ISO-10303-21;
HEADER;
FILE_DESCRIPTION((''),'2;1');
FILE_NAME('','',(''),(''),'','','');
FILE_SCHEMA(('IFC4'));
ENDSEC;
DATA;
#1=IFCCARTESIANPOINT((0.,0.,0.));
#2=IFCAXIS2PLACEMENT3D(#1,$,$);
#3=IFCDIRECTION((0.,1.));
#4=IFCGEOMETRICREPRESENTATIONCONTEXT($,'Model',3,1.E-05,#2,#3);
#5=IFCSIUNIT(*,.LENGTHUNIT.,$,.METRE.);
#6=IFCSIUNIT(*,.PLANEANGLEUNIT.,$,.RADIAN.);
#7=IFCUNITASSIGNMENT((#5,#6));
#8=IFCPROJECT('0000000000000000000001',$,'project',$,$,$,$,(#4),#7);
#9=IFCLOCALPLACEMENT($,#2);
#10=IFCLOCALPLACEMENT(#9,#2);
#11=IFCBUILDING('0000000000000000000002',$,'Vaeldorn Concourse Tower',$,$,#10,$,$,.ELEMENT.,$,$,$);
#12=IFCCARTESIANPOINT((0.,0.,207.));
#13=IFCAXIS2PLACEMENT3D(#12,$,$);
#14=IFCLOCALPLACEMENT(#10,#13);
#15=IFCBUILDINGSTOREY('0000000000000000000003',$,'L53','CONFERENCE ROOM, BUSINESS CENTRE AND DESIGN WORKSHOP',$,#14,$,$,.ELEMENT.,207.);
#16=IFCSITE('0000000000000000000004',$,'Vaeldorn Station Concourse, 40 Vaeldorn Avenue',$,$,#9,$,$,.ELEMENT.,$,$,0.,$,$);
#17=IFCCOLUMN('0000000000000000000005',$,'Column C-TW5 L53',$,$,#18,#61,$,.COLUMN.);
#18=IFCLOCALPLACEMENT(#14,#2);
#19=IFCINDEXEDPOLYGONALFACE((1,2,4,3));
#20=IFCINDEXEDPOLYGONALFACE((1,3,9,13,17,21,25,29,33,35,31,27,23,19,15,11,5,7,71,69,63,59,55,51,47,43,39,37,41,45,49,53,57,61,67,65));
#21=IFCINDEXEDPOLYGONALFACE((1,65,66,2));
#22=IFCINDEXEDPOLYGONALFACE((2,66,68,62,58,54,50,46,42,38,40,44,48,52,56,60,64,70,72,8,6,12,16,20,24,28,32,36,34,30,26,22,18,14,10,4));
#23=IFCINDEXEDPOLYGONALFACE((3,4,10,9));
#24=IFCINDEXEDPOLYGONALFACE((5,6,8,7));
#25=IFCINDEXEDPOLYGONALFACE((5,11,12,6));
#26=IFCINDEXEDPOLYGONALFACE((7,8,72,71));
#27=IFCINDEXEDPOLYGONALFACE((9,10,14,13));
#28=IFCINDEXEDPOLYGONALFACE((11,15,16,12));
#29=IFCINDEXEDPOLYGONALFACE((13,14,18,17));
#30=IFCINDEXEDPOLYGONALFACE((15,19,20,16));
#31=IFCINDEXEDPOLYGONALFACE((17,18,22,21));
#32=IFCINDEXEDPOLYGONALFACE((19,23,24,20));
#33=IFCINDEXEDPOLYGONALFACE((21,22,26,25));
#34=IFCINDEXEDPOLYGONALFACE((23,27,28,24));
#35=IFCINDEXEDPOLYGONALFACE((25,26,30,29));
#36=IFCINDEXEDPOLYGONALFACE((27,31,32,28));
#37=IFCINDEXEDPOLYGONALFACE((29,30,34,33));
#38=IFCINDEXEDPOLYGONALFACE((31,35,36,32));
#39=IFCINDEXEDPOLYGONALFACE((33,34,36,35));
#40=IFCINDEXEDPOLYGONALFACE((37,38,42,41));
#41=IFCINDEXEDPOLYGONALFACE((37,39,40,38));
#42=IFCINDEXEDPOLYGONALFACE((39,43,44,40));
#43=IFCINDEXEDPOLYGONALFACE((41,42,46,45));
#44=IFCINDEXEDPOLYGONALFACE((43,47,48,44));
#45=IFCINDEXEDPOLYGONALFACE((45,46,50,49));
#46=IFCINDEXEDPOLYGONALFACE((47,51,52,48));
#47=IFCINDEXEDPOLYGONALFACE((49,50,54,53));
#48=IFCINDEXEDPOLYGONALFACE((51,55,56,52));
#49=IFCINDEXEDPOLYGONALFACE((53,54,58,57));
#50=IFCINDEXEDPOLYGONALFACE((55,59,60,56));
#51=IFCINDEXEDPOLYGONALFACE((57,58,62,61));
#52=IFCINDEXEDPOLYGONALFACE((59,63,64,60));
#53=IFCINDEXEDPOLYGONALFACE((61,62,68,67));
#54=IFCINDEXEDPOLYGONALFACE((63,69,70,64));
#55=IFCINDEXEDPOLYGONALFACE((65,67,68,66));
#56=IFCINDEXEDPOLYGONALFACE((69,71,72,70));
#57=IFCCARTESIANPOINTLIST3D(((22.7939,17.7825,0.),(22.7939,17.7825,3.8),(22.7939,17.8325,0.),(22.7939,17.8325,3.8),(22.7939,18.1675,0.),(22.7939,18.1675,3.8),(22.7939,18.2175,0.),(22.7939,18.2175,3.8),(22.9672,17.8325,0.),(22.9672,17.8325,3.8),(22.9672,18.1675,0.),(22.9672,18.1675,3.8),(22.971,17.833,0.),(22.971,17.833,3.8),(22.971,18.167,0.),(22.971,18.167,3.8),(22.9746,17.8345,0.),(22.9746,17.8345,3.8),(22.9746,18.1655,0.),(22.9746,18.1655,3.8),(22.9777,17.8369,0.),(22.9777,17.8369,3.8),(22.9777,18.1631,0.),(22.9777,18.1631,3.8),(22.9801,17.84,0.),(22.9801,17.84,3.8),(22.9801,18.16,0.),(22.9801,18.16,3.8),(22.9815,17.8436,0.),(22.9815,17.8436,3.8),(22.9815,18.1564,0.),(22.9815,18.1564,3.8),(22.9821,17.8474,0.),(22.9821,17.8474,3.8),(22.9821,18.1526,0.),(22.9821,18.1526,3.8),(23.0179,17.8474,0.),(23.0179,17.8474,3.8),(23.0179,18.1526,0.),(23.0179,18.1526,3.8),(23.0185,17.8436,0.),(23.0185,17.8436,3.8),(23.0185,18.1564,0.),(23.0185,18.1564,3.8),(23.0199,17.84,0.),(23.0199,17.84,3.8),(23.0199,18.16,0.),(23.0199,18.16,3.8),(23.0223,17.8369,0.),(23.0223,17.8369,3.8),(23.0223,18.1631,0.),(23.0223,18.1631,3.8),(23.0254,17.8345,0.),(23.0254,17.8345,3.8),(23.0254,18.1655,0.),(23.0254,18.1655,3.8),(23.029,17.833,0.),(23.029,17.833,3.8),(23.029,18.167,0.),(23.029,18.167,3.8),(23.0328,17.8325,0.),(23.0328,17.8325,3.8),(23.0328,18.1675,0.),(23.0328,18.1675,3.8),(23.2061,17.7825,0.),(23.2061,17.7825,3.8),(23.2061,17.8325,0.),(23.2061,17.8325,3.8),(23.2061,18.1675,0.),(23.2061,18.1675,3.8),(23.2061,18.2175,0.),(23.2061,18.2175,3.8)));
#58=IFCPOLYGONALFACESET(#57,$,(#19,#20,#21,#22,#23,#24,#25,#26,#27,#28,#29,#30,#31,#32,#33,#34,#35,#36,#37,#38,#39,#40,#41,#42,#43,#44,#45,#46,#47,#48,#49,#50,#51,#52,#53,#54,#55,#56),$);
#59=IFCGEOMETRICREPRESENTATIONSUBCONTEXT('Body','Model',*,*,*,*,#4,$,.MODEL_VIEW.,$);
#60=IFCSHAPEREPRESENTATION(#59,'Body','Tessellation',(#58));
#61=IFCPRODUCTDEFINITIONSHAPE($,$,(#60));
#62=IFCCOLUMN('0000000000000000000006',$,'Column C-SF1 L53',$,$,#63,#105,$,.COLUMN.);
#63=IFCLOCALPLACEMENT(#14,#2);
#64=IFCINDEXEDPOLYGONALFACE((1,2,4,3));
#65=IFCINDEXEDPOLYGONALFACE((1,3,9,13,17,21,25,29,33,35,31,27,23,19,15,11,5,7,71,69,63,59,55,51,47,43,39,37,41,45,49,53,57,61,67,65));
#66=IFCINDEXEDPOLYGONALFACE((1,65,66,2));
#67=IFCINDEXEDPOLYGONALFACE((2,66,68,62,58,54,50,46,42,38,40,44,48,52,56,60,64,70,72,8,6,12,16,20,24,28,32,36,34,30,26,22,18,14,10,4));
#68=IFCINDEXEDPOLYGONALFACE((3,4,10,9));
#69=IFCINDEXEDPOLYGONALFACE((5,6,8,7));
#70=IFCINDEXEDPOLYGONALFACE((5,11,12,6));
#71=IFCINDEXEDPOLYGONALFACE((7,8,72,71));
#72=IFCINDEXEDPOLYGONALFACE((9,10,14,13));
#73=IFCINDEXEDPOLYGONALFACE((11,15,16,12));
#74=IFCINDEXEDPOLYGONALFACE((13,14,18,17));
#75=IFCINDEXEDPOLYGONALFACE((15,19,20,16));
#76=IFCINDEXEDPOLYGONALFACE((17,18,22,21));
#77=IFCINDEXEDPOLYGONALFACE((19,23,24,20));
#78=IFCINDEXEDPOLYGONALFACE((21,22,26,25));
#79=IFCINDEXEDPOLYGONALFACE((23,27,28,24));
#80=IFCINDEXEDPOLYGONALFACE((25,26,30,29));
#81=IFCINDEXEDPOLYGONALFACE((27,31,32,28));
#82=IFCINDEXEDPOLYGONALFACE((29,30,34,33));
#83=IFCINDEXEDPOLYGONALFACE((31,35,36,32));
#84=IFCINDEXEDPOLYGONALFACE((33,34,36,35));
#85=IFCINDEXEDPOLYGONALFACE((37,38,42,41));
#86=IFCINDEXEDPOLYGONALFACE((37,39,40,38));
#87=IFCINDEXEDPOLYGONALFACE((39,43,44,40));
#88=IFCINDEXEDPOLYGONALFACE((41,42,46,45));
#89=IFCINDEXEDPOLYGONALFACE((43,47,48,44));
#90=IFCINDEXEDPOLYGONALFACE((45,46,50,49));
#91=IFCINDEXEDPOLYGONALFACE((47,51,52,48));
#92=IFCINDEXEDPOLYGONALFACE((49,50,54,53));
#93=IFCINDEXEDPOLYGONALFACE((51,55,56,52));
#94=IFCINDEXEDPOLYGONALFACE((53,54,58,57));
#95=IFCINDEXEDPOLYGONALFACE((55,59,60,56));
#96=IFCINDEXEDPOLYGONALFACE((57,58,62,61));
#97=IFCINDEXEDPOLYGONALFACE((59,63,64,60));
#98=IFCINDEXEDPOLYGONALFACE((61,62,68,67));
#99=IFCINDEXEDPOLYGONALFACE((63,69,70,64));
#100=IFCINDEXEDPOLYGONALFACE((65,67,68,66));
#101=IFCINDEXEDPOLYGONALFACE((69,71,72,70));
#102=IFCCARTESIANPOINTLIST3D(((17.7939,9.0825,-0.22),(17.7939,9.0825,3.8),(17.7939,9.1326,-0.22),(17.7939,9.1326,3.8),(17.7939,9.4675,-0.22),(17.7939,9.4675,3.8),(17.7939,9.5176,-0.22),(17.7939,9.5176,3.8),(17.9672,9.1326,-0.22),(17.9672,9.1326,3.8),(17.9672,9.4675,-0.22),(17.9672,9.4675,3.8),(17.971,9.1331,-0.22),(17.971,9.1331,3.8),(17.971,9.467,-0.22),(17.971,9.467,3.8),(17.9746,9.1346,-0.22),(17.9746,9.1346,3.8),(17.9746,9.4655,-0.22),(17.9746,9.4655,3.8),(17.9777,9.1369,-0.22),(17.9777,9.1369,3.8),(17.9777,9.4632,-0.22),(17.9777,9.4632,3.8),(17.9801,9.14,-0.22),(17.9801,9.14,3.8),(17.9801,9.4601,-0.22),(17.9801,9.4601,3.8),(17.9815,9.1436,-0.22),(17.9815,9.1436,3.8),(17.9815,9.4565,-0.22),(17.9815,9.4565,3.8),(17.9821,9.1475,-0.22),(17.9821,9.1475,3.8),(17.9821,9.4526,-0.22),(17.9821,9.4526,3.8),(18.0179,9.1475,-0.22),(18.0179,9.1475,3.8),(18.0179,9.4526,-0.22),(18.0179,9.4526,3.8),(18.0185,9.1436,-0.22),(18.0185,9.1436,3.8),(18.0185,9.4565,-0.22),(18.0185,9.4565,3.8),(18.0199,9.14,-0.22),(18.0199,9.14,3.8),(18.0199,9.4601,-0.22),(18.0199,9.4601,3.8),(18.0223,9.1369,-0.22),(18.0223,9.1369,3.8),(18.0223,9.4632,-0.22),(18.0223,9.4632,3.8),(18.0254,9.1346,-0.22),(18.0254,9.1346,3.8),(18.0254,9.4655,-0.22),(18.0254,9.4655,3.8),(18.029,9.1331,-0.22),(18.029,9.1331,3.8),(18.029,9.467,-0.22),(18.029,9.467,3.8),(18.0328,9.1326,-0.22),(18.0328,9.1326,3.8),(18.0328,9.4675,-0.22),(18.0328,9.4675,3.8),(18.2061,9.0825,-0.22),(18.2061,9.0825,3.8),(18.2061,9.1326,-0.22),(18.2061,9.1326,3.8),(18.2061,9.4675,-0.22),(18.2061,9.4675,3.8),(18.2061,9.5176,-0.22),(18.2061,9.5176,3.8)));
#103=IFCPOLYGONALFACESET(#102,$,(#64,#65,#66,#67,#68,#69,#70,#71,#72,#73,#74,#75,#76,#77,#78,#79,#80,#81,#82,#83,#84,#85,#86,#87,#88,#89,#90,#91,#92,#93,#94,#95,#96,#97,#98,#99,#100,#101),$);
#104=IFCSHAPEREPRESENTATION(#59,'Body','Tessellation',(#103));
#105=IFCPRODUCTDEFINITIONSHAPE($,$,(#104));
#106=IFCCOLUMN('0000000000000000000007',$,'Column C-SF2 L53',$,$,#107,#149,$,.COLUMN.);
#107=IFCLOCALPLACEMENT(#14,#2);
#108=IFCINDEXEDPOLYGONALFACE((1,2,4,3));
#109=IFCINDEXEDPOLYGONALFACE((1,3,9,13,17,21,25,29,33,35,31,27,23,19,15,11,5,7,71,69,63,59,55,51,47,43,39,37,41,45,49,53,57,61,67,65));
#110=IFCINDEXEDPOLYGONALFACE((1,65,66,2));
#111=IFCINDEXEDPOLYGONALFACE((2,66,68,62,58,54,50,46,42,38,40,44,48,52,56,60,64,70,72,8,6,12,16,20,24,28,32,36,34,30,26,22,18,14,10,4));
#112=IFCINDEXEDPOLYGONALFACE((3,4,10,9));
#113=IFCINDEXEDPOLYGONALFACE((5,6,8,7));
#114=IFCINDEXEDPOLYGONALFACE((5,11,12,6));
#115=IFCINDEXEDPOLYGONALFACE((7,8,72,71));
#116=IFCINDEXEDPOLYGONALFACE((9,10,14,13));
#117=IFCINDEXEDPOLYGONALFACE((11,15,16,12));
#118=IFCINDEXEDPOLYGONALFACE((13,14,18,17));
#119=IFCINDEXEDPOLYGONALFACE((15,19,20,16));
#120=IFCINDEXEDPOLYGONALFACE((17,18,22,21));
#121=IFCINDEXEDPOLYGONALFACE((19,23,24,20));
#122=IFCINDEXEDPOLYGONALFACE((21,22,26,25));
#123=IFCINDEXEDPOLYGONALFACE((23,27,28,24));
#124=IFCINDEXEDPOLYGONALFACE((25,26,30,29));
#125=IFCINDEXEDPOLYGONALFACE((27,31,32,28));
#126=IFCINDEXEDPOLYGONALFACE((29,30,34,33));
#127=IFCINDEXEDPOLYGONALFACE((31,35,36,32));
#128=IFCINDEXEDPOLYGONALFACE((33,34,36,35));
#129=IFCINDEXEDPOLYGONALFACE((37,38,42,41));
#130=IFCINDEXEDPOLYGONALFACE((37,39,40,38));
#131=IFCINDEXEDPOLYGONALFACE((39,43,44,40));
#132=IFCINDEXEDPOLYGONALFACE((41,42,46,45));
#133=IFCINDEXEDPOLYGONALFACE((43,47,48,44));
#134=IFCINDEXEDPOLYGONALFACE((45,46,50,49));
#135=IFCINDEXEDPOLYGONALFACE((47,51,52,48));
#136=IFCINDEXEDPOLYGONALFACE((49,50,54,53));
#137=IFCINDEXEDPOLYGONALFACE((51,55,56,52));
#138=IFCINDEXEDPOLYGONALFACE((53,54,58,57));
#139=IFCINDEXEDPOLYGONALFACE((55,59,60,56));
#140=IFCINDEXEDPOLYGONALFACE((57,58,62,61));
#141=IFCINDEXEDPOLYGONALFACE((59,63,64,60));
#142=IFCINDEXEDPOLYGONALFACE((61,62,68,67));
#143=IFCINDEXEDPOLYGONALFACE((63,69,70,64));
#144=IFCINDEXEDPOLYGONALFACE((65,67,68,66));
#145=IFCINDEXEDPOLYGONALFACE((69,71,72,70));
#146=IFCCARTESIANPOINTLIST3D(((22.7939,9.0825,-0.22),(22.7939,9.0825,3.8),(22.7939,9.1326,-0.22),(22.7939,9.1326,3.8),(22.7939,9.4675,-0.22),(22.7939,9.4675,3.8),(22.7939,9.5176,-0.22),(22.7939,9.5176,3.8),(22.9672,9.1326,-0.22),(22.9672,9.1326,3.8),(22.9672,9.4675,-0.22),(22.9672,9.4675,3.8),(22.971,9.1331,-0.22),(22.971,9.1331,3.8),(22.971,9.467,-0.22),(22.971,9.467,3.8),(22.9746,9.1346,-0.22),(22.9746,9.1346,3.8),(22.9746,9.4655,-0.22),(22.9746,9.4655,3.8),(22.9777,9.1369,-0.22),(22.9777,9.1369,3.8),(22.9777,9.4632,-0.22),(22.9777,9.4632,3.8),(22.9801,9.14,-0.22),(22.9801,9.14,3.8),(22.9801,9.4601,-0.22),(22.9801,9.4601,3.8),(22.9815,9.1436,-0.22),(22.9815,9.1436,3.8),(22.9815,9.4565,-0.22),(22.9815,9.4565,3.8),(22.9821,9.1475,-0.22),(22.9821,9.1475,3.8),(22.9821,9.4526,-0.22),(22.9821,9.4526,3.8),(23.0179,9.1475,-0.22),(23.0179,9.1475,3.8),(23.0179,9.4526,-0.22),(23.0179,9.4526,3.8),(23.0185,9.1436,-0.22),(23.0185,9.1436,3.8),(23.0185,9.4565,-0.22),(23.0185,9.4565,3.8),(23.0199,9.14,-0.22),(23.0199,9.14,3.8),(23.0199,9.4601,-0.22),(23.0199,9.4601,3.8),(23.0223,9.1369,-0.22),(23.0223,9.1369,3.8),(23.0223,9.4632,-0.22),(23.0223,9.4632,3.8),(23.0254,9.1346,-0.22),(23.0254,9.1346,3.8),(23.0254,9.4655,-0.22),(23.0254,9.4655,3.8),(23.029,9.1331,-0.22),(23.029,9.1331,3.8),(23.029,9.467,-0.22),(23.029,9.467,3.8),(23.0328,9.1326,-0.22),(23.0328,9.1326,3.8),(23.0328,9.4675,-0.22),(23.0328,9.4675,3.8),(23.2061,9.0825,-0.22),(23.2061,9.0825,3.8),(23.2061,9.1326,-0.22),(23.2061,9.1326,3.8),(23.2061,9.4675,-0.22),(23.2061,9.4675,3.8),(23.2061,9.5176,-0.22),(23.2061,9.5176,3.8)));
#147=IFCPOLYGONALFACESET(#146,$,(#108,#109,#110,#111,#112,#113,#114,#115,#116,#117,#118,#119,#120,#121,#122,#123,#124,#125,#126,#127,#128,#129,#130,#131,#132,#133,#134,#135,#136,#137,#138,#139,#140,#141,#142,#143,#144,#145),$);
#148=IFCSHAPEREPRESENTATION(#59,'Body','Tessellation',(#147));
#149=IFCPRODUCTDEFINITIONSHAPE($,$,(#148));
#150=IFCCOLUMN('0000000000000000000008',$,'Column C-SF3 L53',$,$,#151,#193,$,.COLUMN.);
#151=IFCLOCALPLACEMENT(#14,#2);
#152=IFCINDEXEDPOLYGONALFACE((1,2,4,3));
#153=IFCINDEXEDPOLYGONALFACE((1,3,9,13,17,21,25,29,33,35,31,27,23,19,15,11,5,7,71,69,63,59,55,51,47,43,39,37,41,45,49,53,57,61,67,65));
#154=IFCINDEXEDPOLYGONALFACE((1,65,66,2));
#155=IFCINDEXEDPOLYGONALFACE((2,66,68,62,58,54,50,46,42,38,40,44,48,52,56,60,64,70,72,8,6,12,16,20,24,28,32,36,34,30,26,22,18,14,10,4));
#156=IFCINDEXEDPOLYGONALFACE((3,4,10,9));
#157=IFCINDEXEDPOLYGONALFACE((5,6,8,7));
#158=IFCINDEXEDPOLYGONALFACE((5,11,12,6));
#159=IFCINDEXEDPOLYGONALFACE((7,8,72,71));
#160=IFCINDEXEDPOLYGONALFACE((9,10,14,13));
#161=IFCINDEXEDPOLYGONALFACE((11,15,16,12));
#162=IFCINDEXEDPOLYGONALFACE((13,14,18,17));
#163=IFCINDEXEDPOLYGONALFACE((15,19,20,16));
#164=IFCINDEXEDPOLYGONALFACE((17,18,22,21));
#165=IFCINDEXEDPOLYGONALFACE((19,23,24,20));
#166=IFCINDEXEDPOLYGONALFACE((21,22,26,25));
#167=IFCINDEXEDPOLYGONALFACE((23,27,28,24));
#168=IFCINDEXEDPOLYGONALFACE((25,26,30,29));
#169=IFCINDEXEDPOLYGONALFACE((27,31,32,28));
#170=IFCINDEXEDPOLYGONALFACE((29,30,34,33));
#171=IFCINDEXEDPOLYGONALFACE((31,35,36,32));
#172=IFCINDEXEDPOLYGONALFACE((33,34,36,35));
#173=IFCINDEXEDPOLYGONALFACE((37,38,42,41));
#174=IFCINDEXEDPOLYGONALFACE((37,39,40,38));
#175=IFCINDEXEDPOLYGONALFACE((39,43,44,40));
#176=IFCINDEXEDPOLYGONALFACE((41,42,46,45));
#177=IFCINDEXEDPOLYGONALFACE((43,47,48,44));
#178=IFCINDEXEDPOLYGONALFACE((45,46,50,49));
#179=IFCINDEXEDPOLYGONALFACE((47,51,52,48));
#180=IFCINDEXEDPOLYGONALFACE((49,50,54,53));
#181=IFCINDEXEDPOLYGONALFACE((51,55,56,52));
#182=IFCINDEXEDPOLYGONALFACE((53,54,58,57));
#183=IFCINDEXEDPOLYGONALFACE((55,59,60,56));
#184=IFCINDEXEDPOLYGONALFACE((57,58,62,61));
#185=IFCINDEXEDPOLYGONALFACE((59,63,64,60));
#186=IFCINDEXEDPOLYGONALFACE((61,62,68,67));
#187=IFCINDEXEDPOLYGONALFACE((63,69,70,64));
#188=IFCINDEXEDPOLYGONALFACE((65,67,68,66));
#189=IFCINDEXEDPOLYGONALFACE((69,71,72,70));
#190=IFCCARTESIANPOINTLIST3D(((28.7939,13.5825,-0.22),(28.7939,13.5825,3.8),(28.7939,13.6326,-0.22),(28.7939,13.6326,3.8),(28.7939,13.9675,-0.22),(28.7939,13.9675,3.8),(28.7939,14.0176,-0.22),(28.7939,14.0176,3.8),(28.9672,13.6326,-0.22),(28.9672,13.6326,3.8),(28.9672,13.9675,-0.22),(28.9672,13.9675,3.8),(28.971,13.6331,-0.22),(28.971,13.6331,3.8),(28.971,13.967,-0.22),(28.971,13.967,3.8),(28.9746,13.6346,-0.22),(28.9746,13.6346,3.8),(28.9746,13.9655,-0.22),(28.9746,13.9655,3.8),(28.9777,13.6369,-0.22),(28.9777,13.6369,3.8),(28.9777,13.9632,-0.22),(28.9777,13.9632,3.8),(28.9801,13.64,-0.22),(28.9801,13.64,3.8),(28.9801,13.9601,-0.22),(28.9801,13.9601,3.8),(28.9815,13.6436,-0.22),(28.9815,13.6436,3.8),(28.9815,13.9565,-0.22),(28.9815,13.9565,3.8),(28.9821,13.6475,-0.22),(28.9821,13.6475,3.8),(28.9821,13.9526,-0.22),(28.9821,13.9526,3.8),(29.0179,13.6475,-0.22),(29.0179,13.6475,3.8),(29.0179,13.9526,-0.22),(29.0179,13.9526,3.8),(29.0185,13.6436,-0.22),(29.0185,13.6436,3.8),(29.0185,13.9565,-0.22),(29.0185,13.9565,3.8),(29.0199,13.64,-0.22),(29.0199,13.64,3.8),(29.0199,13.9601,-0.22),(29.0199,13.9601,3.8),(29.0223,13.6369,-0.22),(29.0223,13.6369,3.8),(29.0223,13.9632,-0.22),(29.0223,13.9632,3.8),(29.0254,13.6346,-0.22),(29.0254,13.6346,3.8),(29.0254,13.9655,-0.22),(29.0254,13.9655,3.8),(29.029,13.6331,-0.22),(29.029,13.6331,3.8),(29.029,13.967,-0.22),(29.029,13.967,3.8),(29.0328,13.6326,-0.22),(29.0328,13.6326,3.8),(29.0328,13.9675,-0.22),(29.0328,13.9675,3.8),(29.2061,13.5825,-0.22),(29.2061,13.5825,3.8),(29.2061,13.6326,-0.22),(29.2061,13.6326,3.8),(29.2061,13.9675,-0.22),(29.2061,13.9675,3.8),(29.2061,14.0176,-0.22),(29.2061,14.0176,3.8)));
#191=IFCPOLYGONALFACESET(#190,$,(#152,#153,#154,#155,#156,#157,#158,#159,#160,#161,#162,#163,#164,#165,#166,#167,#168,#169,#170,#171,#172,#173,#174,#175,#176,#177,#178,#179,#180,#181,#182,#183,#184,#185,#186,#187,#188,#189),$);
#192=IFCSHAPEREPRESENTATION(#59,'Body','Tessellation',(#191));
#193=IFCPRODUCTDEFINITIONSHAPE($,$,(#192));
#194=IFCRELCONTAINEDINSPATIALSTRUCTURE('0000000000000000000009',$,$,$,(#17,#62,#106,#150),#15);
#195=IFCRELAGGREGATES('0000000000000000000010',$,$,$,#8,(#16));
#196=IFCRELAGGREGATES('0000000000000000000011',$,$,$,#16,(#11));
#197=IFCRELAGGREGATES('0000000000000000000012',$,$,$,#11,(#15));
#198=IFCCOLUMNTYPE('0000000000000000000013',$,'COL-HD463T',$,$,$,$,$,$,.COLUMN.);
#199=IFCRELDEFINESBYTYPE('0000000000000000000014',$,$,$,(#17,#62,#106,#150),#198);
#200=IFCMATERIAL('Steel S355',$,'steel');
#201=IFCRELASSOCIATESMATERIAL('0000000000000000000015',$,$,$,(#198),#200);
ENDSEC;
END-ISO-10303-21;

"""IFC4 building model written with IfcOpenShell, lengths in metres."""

from ifc_helpers import new_model, si_unit, direction, frame, origin, origin_2d, place, context, subcontext, project, spatial, i_section, extrude, source, transform, mapped, material, material_profile, profile_set, type_object, element, save


model = new_model("IFC4")

# Units and contexts
model_context = context("Model", 3, precision=1e-05, world=origin(), true_north=direction((0.0, 1.0)))
body_context = subcontext(model_context, "Body", "Model", "MODEL_VIEW")
ifc_project = project(units=[si_unit("LENGTHUNIT", "METRE"), si_unit("PLANEANGLEUNIT", "RADIAN")], contexts=[model_context])

# Site, building, storey
site_placement = place(None, origin())
site = spatial("IfcSite", under=ifc_project, at=site_placement, Name="Vaeldorn Station Concourse, 40 Vaeldorn Avenue", CompositionType="ELEMENT", RefElevation=0.0)
building_placement = place(site_placement, origin())
building = spatial("IfcBuilding", under=site, at=building_placement, Name="Vaeldorn Concourse Tower", CompositionType="ELEMENT")
storey_placement = place(building_placement, frame((0.0, 0.0, 207.0)))
storey = spatial("IfcBuildingStorey", under=building, at=storey_placement, Name="L53", Description="CONFERENCE ROOM, BUSINESS CENTRE AND DESIGN WORKSHOP", CompositionType="ELEMENT", Elevation=207.0)

# Columns
ifc_material_1 = material(Name="Steel S355", Category="steel")
ifc_material_profile_1 = material_profile(ifc_material_1, i_section(OverallWidth=0.4121, OverallDepth=0.4351, WebThickness=0.0359, FlangeThickness=0.05, FilletRadius=0.0149, at=origin_2d()), Name="HD 400x463")
ifc_profile_set_1 = profile_set([ifc_material_profile_1], Name="Steel S355")
column_type = type_object("IfcColumnType", Name="COL-HD463T", PredefinedType="COLUMN", material=ifc_profile_set_1)
shared_shape_1 = source(origin(), body_context, "Body", "SweptSolid", [
    extrude(i_section(OverallWidth=0.4121, OverallDepth=0.4351, WebThickness=0.0359, FlangeThickness=0.05, FilletRadius=0.0149, at=origin_2d()), origin(), (0.0, 0.0, 1.0), 3.8),
])
column_placement = place(storey_placement, frame((23.0, 18.0, 0.0), z_axis=(0.0, 0.0, 1.0), x_axis=(1.0, 0.0, 0.0)))
element("IfcColumn", 1, at=column_placement, inside=storey, type_object=column_type, Name="Column C-TW5 L53", PredefinedType="COLUMN", context=body_context, shape_type="MappedRepresentation", body=[
    mapped(shared_shape_1, transform((0.0, 0.0, 0.0), scale=1.0)),
])
shared_shape_2 = source(origin(), body_context, "Body", "SweptSolid", [
    extrude(i_section(OverallWidth=0.4121, OverallDepth=0.4351, WebThickness=0.0359, FlangeThickness=0.05, FilletRadius=0.0149, at=origin_2d()), origin(), (0.0, 0.0, 1.0), 4.02),
])
for number, where, z_axis, x_axis, name in (
    (2, (18.0, 9.3, -0.22), (0.0, 0.0, 1.0), (1.0, 0.0, 0.0), "Column C-SF1 L53"),
    (3, (23.0, 9.3, -0.22), (0.0, 0.0, 1.0), (1.0, 0.0, 0.0), "Column C-SF2 L53"),
    (4, (29.0, 13.8, -0.22), (0.0, 0.0, 1.0), (1.0, 0.0, 0.0), "Column C-SF3 L53"),
):
    element("IfcColumn", number, at=place(storey_placement, frame(where, z_axis=z_axis, x_axis=x_axis)), inside=storey, type_object=column_type, Name=name, PredefinedType="COLUMN", context=body_context, shape_type="MappedRepresentation", body=[
        mapped(shared_shape_2, transform((0.0, 0.0, 0.0), scale=1.0)),
    ])

save(model, "model.ifc")
